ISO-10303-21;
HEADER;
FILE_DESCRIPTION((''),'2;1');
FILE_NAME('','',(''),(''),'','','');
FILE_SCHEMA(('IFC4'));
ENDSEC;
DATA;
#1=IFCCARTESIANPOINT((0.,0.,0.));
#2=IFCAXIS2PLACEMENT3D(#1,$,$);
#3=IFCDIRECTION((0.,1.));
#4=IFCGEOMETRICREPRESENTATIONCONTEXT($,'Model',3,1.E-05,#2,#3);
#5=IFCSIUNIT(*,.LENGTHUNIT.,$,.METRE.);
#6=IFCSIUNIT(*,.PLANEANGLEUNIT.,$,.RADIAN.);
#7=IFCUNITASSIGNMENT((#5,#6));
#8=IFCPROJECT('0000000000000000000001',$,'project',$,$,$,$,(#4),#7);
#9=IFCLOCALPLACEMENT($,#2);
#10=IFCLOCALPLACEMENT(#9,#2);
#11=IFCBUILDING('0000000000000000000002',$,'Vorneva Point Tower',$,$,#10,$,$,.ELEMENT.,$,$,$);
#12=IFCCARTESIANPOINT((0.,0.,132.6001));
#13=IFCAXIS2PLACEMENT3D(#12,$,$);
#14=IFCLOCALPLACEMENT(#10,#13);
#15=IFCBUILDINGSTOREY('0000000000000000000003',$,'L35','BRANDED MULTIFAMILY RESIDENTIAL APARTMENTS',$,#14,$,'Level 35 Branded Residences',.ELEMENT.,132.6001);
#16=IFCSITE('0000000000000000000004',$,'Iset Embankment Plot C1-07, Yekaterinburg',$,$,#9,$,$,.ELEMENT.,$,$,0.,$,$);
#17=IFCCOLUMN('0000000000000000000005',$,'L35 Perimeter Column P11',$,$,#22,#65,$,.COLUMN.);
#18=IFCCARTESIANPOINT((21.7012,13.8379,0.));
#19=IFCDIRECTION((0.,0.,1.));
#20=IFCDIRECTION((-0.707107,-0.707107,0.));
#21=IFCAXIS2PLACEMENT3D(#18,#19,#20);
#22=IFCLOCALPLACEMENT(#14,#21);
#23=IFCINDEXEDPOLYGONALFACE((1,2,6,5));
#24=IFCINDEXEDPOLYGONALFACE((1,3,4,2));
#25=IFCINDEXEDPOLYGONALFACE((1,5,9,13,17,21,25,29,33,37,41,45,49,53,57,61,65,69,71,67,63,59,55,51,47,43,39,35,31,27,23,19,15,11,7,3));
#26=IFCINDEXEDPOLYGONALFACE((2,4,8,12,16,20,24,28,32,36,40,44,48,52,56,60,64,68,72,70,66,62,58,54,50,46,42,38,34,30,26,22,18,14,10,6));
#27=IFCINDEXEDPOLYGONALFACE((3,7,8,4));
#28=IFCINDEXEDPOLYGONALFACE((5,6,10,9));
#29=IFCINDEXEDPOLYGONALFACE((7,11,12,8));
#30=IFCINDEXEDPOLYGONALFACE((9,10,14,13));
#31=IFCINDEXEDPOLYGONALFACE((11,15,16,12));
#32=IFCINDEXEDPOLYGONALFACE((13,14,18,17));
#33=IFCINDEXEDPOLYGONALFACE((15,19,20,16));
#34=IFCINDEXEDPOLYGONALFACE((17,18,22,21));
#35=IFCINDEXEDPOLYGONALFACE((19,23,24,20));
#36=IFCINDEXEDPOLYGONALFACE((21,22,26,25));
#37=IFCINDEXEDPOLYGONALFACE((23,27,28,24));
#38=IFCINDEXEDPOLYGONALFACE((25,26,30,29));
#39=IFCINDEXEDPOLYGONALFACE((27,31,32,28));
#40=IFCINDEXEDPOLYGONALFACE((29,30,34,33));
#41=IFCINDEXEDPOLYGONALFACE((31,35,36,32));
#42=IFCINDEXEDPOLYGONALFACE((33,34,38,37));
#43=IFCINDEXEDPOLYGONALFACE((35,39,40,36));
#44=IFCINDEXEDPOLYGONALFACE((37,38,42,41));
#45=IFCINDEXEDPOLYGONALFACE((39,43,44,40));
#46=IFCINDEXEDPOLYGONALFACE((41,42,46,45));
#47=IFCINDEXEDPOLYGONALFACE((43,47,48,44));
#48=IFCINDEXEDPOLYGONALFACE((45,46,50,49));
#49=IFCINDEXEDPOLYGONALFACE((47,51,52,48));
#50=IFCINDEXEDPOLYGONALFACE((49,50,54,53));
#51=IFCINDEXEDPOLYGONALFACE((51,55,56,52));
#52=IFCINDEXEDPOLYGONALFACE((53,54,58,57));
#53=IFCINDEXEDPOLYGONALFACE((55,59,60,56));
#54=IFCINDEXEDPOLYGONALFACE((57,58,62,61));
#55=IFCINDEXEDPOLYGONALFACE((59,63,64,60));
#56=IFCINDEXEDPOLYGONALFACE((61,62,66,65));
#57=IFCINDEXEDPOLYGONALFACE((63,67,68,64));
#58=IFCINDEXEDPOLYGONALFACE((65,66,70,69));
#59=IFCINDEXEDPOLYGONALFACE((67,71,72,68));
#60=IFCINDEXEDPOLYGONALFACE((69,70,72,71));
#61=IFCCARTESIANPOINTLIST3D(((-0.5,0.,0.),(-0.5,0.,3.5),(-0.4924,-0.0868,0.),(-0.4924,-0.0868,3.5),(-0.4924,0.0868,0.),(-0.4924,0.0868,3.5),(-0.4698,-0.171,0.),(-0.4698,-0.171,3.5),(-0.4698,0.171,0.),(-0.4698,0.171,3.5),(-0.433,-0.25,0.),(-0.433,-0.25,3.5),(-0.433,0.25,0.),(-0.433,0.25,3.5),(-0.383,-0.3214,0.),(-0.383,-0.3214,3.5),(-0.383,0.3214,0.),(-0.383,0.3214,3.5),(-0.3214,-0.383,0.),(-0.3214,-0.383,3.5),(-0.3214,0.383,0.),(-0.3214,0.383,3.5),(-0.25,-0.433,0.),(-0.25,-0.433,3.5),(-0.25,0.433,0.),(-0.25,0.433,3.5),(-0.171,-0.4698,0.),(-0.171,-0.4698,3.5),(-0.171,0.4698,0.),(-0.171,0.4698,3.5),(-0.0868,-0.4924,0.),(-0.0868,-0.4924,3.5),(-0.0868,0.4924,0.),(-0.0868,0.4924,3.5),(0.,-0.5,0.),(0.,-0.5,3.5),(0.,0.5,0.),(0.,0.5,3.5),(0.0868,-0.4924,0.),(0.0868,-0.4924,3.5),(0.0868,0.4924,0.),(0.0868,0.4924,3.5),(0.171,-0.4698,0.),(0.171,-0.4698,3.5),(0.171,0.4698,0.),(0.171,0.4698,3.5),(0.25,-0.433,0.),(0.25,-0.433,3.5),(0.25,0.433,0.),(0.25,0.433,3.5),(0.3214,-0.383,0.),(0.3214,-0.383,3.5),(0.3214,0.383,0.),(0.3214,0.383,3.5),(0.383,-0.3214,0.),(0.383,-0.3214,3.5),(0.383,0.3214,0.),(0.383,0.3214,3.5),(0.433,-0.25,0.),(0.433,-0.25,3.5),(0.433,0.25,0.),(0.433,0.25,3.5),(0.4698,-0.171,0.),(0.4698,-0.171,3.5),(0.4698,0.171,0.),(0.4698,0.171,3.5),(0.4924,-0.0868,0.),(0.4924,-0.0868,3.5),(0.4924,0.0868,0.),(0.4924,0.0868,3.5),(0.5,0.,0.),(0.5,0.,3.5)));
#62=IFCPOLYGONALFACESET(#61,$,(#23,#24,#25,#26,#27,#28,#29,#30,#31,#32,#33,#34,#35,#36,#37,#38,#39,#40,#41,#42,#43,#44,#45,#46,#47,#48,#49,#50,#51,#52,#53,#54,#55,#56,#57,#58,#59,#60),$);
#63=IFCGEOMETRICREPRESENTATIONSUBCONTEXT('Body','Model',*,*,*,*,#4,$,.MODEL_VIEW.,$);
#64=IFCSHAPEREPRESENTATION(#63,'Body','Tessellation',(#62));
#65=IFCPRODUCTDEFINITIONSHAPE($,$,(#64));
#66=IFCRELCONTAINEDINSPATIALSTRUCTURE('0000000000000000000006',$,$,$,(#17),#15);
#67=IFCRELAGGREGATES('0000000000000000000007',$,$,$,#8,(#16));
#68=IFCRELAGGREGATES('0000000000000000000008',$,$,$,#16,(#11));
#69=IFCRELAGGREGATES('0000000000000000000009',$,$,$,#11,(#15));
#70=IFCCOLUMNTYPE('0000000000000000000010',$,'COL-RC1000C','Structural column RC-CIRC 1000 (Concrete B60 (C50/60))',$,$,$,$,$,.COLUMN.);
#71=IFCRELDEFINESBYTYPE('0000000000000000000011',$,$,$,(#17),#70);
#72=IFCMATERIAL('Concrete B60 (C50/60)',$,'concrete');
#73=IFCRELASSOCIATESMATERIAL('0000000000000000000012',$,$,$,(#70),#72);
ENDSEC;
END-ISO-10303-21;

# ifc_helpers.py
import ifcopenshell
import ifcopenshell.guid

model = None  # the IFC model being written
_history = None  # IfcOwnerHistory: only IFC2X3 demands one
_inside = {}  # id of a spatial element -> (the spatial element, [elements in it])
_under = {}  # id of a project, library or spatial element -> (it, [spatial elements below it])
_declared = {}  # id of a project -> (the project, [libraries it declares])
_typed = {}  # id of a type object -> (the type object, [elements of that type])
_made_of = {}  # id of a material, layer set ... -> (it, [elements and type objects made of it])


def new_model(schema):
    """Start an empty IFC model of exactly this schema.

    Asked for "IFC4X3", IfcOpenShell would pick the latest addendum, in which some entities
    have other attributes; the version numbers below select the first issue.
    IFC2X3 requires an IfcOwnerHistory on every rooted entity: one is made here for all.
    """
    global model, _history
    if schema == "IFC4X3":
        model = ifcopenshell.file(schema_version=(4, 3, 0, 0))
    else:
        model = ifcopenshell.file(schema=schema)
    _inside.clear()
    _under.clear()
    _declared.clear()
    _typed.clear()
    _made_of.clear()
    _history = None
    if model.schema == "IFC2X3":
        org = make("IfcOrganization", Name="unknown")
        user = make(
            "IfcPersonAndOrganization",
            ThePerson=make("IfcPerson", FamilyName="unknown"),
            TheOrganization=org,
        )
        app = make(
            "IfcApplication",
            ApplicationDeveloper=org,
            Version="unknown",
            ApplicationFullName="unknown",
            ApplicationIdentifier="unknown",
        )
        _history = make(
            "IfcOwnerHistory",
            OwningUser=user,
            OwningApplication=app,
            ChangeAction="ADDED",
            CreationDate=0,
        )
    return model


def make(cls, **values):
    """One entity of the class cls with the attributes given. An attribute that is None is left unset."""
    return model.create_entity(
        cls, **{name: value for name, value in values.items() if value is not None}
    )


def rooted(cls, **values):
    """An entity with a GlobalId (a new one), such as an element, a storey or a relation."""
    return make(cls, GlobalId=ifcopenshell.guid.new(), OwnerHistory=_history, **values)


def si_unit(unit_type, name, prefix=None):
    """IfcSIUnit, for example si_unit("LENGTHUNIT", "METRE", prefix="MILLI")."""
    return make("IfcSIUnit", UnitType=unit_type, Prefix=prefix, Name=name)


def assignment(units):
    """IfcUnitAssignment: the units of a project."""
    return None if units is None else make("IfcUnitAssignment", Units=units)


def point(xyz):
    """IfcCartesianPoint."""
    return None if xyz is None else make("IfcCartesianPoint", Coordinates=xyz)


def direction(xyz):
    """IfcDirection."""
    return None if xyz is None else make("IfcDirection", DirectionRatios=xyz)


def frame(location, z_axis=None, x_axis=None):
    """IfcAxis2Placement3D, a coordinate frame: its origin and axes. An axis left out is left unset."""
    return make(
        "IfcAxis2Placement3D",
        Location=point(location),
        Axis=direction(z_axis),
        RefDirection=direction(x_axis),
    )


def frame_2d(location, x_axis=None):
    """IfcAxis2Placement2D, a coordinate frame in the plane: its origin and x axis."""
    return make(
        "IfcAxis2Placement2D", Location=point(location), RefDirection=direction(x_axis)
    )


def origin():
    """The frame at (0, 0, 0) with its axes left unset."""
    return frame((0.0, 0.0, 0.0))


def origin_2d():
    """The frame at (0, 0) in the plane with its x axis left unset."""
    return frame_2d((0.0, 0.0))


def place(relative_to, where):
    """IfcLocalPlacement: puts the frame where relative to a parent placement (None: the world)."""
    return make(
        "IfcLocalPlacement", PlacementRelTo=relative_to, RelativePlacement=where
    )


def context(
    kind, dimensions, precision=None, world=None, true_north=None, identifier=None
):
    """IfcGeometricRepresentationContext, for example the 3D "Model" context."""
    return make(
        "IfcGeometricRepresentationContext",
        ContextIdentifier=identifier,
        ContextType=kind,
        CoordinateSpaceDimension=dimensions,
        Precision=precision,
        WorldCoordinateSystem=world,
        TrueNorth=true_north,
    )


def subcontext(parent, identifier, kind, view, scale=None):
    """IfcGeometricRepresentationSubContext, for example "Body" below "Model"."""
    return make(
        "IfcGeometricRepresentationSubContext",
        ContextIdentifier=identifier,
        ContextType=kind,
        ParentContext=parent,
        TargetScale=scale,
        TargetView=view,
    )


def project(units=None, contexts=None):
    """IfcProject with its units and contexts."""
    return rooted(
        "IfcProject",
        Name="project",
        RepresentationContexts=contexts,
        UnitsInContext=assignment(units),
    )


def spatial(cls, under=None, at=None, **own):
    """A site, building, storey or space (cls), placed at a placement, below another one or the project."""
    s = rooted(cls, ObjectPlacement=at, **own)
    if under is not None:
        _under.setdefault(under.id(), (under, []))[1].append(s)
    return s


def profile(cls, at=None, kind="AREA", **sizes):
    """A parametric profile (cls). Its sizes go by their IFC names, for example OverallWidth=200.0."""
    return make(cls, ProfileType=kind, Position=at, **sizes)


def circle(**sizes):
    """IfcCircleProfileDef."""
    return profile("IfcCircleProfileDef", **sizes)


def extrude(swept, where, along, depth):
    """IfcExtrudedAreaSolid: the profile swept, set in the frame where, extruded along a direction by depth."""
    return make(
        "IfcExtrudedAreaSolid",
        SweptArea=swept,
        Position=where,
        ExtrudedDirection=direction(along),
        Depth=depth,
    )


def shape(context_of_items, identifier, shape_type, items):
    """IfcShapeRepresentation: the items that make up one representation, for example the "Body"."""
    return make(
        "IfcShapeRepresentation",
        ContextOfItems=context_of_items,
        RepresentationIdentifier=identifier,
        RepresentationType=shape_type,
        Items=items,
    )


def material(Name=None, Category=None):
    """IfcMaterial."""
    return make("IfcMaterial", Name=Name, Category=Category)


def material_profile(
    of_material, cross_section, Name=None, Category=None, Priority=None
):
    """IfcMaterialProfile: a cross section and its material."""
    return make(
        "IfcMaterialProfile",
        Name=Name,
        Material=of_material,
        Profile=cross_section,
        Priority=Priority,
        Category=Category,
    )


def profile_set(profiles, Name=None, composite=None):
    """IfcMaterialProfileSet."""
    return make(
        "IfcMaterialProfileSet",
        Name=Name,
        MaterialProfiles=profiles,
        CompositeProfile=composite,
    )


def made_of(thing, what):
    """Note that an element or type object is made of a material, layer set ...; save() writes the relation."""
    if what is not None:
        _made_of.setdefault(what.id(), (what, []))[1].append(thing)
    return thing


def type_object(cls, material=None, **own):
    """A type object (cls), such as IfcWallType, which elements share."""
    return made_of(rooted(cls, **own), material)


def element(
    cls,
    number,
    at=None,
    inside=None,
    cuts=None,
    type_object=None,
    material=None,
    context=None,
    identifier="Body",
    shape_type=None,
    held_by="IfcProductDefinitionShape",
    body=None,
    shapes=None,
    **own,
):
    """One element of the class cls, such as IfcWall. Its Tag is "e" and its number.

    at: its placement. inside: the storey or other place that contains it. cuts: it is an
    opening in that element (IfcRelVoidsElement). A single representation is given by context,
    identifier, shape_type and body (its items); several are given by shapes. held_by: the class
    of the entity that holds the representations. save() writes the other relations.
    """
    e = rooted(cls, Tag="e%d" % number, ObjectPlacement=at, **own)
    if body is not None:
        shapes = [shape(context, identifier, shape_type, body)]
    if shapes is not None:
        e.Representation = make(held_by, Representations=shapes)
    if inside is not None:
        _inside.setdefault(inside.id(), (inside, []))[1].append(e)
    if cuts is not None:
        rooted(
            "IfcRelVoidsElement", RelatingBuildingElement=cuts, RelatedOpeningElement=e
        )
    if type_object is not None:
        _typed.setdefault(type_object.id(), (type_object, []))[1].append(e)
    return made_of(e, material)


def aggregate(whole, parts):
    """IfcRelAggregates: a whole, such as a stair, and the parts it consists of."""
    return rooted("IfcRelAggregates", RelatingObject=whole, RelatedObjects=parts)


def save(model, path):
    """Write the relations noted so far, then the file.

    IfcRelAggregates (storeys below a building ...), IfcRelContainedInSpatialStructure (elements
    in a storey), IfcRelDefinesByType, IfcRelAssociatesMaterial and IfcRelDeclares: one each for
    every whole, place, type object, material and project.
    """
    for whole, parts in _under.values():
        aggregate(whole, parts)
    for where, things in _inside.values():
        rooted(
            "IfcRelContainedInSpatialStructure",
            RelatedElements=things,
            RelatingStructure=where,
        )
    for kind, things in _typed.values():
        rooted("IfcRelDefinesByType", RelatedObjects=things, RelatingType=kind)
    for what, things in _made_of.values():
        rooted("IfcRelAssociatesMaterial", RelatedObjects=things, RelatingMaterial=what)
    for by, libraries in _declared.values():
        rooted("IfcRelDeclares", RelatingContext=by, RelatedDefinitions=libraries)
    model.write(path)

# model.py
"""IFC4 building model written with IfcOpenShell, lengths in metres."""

from ifc_helpers import new_model, si_unit, direction, frame, origin, origin_2d, place, context, subcontext, project, spatial, circle, extrude, material, material_profile, profile_set, type_object, element, save


model = new_model("IFC4")

# Units and contexts
model_context = context("Model", 3, precision=1e-05, world=origin(), true_north=direction((0.0, 1.0)))
body_context = subcontext(model_context, "Body", "Model", "MODEL_VIEW")
ifc_project = project(units=[si_unit("LENGTHUNIT", "METRE"), si_unit("PLANEANGLEUNIT", "RADIAN")], contexts=[model_context])

# Site, building, storey
site_placement = place(None, origin())
site = spatial("IfcSite", under=ifc_project, at=site_placement, Name="Iset Embankment Plot C1-07, Yekaterinburg", CompositionType="ELEMENT", RefElevation=0.0)
building_placement = place(site_placement, origin())
building = spatial("IfcBuilding", under=site, at=building_placement, Name="Vorneva Point Tower", CompositionType="ELEMENT")
storey_placement = place(building_placement, frame((0.0, 0.0, 132.6001)))
storey = spatial("IfcBuildingStorey", under=building, at=storey_placement, Name="L35", Description="BRANDED MULTIFAMILY RESIDENTIAL APARTMENTS", LongName="Level 35 Branded Residences", CompositionType="ELEMENT", Elevation=132.6001)

# Column
ifc_material_1 = material(Name="Concrete B60 (C50/60)", Category="concrete")
ifc_material_profile_1 = material_profile(ifc_material_1, circle(Radius=0.5, at=origin_2d()), Name="RC-CIRC 1000")
ifc_profile_set_1 = profile_set([ifc_material_profile_1], Name="Concrete B60 (C50/60)")
column_type_1 = type_object("IfcColumnType", Name="COL-RC1000C", Description="Structural column RC-CIRC 1000 (Concrete B60 (C50/60))", PredefinedType="COLUMN", material=ifc_profile_set_1)
column_1_placement = place(storey_placement, frame((21.7012, 13.8379, 0.0), z_axis=(0.0, 0.0, 1.0), x_axis=(-0.707107, -0.707107, 0.0)))
element("IfcColumn", 1, at=column_1_placement, inside=storey, type_object=column_type_1, Name="L35 Perimeter Column P11", PredefinedType="COLUMN", context=body_context, shape_type="SweptSolid", body=[
    extrude(circle(Radius=0.5, at=origin_2d()), origin(), (0.0, 0.0, 1.0), 3.5),
])

save(model, "model.ifc")
